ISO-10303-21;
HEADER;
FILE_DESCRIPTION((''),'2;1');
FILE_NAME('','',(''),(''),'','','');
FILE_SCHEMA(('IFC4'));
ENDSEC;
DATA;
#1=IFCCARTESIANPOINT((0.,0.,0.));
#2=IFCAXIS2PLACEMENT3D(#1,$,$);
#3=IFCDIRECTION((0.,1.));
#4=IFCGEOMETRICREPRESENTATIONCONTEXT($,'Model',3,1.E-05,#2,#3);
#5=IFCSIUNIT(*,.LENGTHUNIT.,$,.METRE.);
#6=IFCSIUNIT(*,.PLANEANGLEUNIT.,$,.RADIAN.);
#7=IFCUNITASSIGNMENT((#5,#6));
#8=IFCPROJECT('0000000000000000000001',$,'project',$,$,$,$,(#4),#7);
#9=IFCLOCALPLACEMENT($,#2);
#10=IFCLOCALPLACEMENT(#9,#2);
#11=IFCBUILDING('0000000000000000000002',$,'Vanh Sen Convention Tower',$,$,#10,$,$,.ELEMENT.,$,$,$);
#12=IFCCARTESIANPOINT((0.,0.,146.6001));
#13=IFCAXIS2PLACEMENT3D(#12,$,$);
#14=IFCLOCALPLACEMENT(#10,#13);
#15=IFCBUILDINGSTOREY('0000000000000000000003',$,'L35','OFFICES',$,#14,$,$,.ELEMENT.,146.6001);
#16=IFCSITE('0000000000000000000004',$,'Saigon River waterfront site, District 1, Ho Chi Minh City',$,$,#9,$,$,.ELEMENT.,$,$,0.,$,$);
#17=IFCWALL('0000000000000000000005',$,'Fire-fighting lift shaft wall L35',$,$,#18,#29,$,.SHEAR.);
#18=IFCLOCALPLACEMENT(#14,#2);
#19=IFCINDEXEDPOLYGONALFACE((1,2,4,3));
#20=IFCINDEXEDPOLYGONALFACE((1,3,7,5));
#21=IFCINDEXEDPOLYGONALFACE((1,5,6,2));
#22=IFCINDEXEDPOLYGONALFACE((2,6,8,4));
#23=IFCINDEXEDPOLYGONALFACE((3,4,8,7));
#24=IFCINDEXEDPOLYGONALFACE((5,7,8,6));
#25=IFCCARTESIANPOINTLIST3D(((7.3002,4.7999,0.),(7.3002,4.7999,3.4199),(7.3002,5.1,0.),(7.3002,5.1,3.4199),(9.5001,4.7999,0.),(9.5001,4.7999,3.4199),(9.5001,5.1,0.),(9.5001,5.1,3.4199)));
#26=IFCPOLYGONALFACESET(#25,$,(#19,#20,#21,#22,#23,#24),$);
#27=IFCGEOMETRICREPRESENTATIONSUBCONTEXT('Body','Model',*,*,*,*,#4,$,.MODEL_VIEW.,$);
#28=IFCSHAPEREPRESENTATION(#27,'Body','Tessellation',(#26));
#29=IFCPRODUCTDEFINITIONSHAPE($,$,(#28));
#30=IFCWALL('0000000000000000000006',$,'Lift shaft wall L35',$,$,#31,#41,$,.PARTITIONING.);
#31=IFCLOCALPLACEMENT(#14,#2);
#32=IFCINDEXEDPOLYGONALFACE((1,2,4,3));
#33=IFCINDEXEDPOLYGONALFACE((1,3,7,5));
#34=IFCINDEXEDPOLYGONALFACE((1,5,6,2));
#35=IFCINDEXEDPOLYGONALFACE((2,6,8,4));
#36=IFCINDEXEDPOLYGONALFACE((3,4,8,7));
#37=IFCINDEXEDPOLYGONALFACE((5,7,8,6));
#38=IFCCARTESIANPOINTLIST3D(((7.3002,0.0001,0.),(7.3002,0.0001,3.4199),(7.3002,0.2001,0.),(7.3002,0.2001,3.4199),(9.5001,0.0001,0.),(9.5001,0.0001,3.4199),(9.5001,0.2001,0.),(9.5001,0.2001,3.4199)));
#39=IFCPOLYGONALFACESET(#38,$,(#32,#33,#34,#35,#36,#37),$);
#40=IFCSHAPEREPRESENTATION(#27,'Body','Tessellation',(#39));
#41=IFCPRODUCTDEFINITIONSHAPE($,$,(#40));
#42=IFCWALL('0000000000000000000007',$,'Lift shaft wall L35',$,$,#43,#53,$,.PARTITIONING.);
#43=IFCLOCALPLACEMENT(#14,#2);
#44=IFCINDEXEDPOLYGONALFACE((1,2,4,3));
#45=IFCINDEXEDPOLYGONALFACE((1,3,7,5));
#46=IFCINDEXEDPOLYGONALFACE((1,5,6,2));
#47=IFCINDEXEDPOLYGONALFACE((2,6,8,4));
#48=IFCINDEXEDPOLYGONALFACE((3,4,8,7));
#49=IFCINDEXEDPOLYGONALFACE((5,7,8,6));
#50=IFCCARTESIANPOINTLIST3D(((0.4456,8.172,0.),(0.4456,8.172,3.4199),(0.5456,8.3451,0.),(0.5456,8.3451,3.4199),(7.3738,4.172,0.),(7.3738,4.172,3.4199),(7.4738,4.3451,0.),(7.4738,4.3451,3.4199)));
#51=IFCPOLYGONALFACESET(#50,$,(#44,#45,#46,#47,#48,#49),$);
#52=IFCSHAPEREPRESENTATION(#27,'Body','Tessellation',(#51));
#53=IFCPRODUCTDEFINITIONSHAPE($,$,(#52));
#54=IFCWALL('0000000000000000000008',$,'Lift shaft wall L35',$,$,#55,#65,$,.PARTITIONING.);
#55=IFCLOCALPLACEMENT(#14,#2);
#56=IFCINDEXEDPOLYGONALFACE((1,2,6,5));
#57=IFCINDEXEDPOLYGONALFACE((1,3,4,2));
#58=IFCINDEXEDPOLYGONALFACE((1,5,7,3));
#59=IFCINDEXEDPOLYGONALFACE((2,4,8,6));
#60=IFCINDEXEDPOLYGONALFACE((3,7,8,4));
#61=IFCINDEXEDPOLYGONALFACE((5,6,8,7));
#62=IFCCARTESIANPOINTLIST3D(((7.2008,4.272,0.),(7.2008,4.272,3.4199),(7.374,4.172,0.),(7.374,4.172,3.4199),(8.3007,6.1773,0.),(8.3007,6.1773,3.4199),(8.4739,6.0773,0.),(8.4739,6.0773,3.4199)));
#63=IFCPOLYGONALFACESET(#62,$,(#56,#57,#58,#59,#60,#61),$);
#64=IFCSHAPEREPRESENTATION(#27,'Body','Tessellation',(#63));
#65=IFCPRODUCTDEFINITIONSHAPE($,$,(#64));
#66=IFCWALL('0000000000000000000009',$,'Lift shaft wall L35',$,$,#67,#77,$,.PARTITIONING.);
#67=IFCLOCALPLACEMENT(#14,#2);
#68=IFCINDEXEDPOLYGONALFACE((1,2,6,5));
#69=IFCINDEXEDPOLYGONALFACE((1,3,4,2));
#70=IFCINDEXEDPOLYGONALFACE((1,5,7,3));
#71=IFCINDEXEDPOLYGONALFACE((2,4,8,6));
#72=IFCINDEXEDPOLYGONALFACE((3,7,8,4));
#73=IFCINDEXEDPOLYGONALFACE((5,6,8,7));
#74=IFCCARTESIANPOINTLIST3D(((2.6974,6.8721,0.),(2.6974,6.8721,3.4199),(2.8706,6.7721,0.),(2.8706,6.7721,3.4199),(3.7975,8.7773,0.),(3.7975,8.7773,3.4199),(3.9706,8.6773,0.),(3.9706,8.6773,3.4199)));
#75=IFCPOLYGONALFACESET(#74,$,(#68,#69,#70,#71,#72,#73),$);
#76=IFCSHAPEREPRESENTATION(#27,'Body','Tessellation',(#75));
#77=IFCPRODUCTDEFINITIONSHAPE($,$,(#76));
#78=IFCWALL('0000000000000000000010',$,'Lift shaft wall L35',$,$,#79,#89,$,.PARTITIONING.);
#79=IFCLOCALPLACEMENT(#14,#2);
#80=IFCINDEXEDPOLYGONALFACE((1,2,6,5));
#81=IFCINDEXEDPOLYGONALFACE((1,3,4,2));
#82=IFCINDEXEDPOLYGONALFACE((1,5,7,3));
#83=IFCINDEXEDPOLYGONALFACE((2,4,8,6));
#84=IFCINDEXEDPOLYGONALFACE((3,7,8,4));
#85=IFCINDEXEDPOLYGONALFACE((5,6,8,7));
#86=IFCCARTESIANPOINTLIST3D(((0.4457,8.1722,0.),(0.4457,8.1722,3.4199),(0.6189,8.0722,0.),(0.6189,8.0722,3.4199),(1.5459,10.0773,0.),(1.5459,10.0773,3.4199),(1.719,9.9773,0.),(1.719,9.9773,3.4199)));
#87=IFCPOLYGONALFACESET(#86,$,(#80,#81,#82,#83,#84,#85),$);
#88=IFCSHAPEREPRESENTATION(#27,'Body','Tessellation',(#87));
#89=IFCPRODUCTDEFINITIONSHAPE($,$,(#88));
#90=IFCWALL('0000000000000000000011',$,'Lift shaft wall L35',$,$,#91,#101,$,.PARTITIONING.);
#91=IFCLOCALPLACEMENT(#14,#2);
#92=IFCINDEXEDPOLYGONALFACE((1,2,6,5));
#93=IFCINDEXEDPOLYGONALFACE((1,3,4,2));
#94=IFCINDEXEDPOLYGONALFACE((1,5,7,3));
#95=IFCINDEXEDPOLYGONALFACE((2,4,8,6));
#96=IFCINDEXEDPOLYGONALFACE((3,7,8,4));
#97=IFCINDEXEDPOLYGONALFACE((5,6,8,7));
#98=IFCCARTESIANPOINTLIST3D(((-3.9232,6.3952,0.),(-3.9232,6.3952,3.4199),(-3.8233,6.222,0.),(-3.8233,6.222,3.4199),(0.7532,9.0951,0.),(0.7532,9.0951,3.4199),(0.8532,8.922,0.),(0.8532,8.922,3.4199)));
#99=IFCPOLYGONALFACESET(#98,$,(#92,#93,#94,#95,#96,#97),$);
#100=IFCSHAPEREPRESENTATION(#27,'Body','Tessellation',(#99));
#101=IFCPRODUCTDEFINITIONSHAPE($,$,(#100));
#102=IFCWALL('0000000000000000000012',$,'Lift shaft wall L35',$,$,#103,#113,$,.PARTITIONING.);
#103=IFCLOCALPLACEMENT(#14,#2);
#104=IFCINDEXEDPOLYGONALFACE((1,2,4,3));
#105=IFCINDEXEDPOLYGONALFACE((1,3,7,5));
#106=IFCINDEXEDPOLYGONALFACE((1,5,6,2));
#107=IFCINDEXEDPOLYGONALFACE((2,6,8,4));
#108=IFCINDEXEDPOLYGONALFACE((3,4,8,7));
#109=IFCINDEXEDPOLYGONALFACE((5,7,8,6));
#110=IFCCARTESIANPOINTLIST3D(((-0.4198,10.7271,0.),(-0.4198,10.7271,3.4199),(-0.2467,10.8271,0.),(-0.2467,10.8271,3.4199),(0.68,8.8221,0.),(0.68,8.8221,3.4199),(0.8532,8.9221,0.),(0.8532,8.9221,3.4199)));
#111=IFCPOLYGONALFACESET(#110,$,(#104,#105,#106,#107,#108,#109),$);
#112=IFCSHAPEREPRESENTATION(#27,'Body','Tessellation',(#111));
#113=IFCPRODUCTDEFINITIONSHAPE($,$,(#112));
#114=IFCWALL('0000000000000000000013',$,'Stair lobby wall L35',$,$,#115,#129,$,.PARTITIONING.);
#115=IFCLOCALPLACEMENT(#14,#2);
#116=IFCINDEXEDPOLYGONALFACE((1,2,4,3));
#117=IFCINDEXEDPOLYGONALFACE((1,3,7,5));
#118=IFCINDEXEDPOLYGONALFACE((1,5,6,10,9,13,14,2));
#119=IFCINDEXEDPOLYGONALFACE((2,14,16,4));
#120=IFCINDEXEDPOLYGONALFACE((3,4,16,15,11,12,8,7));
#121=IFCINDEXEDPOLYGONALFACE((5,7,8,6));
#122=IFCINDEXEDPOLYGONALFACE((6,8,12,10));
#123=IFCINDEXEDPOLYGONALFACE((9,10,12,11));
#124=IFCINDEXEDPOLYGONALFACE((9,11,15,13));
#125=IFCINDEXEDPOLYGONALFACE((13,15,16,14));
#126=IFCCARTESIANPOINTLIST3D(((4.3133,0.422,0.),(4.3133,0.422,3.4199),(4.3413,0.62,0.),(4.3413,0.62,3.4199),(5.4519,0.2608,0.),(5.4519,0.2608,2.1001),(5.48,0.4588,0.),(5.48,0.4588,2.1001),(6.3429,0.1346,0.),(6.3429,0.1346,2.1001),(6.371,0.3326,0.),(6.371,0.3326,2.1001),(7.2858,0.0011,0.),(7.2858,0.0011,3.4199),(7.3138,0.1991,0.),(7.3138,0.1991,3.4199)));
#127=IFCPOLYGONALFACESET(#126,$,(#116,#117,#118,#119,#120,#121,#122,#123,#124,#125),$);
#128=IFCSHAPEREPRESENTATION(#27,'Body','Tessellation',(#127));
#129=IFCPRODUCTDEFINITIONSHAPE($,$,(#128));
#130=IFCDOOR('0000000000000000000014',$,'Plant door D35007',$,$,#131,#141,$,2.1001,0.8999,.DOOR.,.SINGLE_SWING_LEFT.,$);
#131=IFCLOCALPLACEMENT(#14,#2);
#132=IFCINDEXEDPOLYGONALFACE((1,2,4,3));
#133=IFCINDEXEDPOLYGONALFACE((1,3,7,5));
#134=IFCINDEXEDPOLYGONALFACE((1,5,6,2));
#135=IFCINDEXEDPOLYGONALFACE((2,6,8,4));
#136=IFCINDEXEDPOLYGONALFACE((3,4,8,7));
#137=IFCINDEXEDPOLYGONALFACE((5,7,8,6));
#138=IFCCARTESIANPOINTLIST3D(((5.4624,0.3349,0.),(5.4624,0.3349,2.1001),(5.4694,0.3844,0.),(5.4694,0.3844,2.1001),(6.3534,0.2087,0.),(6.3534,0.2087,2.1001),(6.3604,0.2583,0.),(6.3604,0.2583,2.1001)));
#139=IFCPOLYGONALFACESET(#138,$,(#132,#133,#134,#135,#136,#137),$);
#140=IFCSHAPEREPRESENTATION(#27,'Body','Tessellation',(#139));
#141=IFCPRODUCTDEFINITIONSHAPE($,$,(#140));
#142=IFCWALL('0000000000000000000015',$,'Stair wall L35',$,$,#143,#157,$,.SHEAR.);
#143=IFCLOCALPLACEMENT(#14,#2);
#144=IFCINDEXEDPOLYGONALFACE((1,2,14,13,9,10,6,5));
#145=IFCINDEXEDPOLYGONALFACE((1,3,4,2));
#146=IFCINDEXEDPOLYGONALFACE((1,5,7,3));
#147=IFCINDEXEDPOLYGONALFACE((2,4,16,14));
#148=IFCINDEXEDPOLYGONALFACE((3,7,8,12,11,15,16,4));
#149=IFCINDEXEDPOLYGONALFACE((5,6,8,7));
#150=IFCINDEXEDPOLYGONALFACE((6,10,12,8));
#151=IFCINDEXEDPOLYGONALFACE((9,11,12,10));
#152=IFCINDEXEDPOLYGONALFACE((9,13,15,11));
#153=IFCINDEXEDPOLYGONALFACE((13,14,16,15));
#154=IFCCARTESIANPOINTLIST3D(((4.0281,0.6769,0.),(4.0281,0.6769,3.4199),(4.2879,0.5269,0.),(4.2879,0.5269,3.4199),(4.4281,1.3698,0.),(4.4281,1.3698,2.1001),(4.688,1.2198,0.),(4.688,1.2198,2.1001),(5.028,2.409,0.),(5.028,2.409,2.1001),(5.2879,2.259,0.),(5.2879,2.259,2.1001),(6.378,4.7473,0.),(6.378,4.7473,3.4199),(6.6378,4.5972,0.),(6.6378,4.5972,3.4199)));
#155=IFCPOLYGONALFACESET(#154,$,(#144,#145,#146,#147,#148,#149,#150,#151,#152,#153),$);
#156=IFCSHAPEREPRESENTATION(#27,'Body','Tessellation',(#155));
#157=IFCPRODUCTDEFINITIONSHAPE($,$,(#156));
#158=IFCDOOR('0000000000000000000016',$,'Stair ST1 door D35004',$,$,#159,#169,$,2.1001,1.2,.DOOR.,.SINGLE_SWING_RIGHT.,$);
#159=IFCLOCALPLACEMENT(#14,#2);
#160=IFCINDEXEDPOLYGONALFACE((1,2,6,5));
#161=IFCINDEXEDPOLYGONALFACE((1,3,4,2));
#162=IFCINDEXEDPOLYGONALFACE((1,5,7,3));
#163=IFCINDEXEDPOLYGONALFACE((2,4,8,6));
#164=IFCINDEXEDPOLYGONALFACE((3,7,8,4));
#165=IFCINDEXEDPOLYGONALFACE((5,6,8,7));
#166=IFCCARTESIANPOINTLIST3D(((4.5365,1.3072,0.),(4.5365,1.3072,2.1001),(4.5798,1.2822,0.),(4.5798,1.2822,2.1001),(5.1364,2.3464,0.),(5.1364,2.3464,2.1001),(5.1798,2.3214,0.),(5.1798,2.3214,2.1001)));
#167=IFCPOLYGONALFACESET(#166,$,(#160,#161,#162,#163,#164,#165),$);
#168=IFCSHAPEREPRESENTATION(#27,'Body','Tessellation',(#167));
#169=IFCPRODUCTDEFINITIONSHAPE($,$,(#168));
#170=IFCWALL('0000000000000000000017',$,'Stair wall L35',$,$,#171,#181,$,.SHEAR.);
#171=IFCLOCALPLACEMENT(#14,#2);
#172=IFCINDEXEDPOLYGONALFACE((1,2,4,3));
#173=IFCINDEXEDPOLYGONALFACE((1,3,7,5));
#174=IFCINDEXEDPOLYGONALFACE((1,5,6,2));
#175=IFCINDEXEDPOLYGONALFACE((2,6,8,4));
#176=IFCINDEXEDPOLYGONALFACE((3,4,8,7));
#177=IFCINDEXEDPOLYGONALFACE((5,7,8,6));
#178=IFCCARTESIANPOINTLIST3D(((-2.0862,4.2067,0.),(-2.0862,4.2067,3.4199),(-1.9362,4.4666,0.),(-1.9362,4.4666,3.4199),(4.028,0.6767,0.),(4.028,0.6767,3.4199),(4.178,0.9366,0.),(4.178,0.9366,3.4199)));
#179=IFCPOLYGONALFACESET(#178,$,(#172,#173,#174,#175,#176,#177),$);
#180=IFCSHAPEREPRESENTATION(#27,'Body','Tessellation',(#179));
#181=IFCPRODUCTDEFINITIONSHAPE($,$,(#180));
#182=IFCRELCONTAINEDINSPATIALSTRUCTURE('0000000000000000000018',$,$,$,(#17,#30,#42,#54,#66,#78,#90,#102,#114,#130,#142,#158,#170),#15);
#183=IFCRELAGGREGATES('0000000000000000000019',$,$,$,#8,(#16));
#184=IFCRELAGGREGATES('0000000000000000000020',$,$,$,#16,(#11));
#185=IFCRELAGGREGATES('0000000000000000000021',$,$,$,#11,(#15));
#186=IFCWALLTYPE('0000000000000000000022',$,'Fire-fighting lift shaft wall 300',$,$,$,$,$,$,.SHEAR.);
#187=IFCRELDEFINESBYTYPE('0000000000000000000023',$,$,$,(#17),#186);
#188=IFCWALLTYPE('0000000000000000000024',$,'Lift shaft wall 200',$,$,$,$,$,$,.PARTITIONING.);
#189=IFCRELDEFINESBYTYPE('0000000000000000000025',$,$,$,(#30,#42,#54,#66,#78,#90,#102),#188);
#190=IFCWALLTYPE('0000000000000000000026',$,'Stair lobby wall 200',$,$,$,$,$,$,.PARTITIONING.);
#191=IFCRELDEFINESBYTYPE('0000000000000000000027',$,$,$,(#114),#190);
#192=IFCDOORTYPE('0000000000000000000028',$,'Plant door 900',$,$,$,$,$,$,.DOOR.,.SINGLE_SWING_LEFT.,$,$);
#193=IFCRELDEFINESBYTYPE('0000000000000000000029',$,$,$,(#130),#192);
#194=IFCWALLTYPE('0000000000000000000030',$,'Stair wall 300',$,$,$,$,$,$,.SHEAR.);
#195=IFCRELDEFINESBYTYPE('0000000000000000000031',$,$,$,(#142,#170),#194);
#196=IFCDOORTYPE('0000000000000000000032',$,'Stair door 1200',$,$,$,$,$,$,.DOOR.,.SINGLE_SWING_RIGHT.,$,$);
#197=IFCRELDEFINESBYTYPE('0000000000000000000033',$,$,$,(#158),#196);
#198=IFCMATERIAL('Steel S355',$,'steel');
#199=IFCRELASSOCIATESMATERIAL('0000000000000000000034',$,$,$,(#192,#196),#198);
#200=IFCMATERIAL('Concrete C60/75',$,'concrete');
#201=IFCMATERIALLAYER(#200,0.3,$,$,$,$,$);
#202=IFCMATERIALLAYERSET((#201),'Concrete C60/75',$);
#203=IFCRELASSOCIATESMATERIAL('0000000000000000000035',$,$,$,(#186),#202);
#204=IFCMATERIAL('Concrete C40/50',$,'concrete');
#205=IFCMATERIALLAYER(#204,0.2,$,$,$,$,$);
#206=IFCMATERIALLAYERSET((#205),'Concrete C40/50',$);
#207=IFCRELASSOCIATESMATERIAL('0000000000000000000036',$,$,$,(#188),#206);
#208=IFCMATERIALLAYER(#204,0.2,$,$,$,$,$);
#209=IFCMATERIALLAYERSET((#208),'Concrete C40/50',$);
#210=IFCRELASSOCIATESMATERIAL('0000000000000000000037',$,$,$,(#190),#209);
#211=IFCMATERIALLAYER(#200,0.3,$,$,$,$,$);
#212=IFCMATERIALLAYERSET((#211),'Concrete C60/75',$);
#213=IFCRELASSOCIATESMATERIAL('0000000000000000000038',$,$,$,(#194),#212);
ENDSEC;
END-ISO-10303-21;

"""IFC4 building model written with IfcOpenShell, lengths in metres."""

from ifc_helpers import new_model, si_unit, direction, frame, frame_2d, origin, place, context, subcontext, project, spatial, rectangle, extrude, material, layer, layer_set, type_object, element, fill, save


model = new_model("IFC4")

# Units and contexts
model_context = context("Model", 3, precision=1e-05, world=origin(), true_north=direction((0.0, 1.0)))
body_context = subcontext(model_context, "Body", "Model", "MODEL_VIEW")
ifc_project = project(units=[si_unit("LENGTHUNIT", "METRE"), si_unit("PLANEANGLEUNIT", "RADIAN")], contexts=[model_context])

# Site, building, storey
site_placement = place(None, origin())
site = spatial("IfcSite", under=ifc_project, at=site_placement, Name="Saigon River waterfront site, District 1, Ho Chi Minh City", CompositionType="ELEMENT", RefElevation=0.0)
building_placement = place(site_placement, origin())
building = spatial("IfcBuilding", under=site, at=building_placement, Name="Vanh Sen Convention Tower", CompositionType="ELEMENT")
storey_placement = place(building_placement, frame((0.0, 0.0, 146.6001)))
storey = spatial("IfcBuildingStorey", under=building, at=storey_placement, Name="L35", Description="OFFICES", CompositionType="ELEMENT", Elevation=146.6001)

# Shared definitions
ifc_material_1 = material(Name="Concrete C40/50", Category="concrete")

# Shared definitions
ifc_material_2 = material(Name="Steel S355", Category="steel")
door_type_1 = type_object("IfcDoorType", Name="Plant door 900", OperationType="SINGLE_SWING_LEFT", PredefinedType="DOOR", material=ifc_material_2)

# Shared definitions
ifc_material_3 = material(Name="Concrete C60/75", Category="concrete")
ifc_layer_1 = layer(ifc_material_3, 0.3)
ifc_layer_set_1 = layer_set([ifc_layer_1], Name="Concrete C60/75")
wall_type_1 = type_object("IfcWallType", Name="Fire-fighting lift shaft wall 300", PredefinedType="SHEAR", material=ifc_layer_set_1)

# Walls
wall_1_placement = place(storey_placement, frame((7.3, 4.95, 0.0), z_axis=(0.0, 0.0, 1.0), x_axis=(1.0, 0.0, 0.0)))
element("IfcWall", 1, at=wall_1_placement, inside=storey, type_object=wall_type_1, Name="Fire-fighting lift shaft wall L35", PredefinedType="SHEAR", context=body_context, shape_type="SweptSolid", body=[
    extrude(rectangle(XDim=2.2, YDim=0.3, at=frame_2d((1.1001, 0.0))), origin(), (0.0, 0.0, 1.0), 3.4199),
])
ifc_layer_2 = layer(ifc_material_1, 0.2)
ifc_layer_set_2 = layer_set([ifc_layer_2], Name="Concrete C40/50")
wall_type_2 = type_object("IfcWallType", Name="Lift shaft wall 200", PredefinedType="PARTITIONING", material=ifc_layer_set_2)
wall_2_placement = place(storey_placement, frame((7.3, 0.1001, 0.0), z_axis=(0.0, 0.0, 1.0), x_axis=(1.0, 0.0, 0.0)))
element("IfcWall", 2, at=wall_2_placement, inside=storey, type_object=wall_type_2, Name="Lift shaft wall L35", PredefinedType="PARTITIONING", context=body_context, shape_type="SweptSolid", body=[
    extrude(rectangle(XDim=2.2, YDim=0.2, at=frame_2d((1.1001, 0.0))), origin(), (0.0, 0.0, 1.0), 3.4199),
])
wall_3_placement = place(storey_placement, frame((7.4238, 4.2585, 0.0), z_axis=(0.0, 0.0, 1.0), x_axis=(-0.866026, 0.499999, 0.0)))
element("IfcWall", 3, at=wall_3_placement, inside=storey, type_object=wall_type_2, Name="Lift shaft wall L35", PredefinedType="PARTITIONING", context=body_context, shape_type="SweptSolid", body=[
    extrude(rectangle(XDim=8.0, YDim=0.2, at=frame_2d((4.0, 0.0))), origin(), (0.0, 0.0, 1.0), 3.4199),
])
for number, where, z_axis, x_axis, name in (
    (4, (7.2874, 4.2219, 0.0), (0.0, 0.0, 1.0), (0.499947, 0.866056, 0.0), "Lift shaft wall L35"),
    (5, (2.7839, 6.822, 0.0), (0.0, 0.0, 1.0), (0.50003, 0.866008, 0.0), "Lift shaft wall L35"),
    (6, (0.5322, 8.1221, 0.0), (0.0, 0.0, 1.0), (0.500078, 0.86598, 0.0), "Lift shaft wall L35"),
):
    element("IfcWall", number, at=place(storey_placement, frame(where, z_axis=z_axis, x_axis=x_axis)), inside=storey, type_object=wall_type_2, Name=name, PredefinedType="PARTITIONING", context=body_context, shape_type="SweptSolid", body=[
        extrude(rectangle(XDim=2.2, YDim=0.2, at=frame_2d((1.1001, 0.0))), origin(), (0.0, 0.0, 1.0), 3.4199),
    ])
wall_4_placement = place(storey_placement, frame((0.8032, 9.0085, 0.0), z_axis=(0.0, 0.0, 1.0), x_axis=(-0.866028, -0.499995, 0.0)))
element("IfcWall", 7, at=wall_4_placement, inside=storey, type_object=wall_type_2, Name="Lift shaft wall L35", PredefinedType="PARTITIONING", context=body_context, shape_type="SweptSolid", body=[
    extrude(rectangle(XDim=5.3999, YDim=0.2, at=frame_2d((2.7, 0.0))), origin(), (0.0, 0.0, 1.0), 3.4199),
])
wall_5_placement = place(storey_placement, frame((0.7666, 8.8721, 0.0), z_axis=(0.0, 0.0, 1.0), x_axis=(-0.499995, 0.866028, 0.0)))
element("IfcWall", 8, at=wall_5_placement, inside=storey, type_object=wall_type_2, Name="Lift shaft wall L35", PredefinedType="PARTITIONING", context=body_context, shape_type="SweptSolid", body=[
    extrude(rectangle(XDim=2.1997, YDim=0.2, at=frame_2d((1.0999, 0.0))), origin(), (0.0, 0.0, 1.0), 3.4199),
])

# Walls, openings, doors
ifc_layer_3 = layer(ifc_material_1, 0.2)
ifc_layer_set_3 = layer_set([ifc_layer_3], Name="Concrete C40/50")
wall_type_3 = type_object("IfcWallType", Name="Stair lobby wall 200", PredefinedType="PARTITIONING", material=ifc_layer_set_3)
wall_6_placement = place(storey_placement, frame((4.3274, 0.521, 0.0), z_axis=(0.0, 0.0, 1.0), x_axis=(0.990124, -0.140192, 0.0)))
wall_6 = element("IfcWall", 9, at=wall_6_placement, inside=storey, type_object=wall_type_3, Name="Stair lobby wall L35", PredefinedType="PARTITIONING", context=body_context, shape_type="SweptSolid", body=[
    extrude(rectangle(XDim=3.0022, YDim=0.2, at=frame_2d((1.501, 0.0))), origin(), (0.0, 0.0, 1.0), 3.4199),
])
opening_1_placement = place(wall_6_placement, frame((1.1499, 0.0, 0.0)))
opening_1 = element("IfcOpeningElement", 10, at=opening_1_placement, cuts=wall_6, PredefinedType="OPENING", context=body_context, shape_type="SweptSolid", body=[
    extrude(rectangle(XDim=0.8999, YDim=2.1001, at=frame_2d((0.45, 1.05))), frame((0.0, 0.1099, 0.0), z_axis=(0.0, -1.0, 0.0), x_axis=(1.0, 0.0, 0.0)), (0.0, 0.0, 1.0), 0.22),
])
door_1_placement = place(opening_1_placement, origin())
door_1 = element("IfcDoor", 11, at=door_1_placement, inside=storey, type_object=door_type_1, Name="Plant door D35007", OperationType="SINGLE_SWING_LEFT", OverallHeight=2.1001, OverallWidth=0.8999, PredefinedType="DOOR", context=body_context, shape_type="SweptSolid", body=[
    extrude(rectangle(XDim=0.8999, YDim=2.1001, at=frame_2d((0.45, 1.05))), frame((0.0, 0.0249, 0.0), z_axis=(0.0, -1.0, 0.0), x_axis=(1.0, 0.0, 0.0)), (0.0, 0.0, 1.0), 0.05),
])
fill(opening_1, door_1)
ifc_layer_4 = layer(ifc_material_3, 0.3)
ifc_layer_set_4 = layer_set([ifc_layer_4], Name="Concrete C60/75")
wall_type_4 = type_object("IfcWallType", Name="Stair wall 300", PredefinedType="SHEAR", material=ifc_layer_set_4)
wall_7_placement = place(storey_placement, frame((4.158, 0.6018, 0.0), z_axis=(0.0, 0.0, 1.0), x_axis=(0.499977, 0.866039, 0.0)))
wall_7 = element("IfcWall", 12, at=wall_7_placement, inside=storey, type_object=wall_type_4, Name="Stair wall L35", PredefinedType="SHEAR", context=body_context, shape_type="SweptSolid", body=[
    extrude(rectangle(XDim=4.7, YDim=0.3, at=frame_2d((2.3501, 0.0))), origin(), (0.0, 0.0, 1.0), 3.4199),
])
opening_2_placement = place(wall_7_placement, frame((0.8, 0.0, 0.0)))
opening_2 = element("IfcOpeningElement", 13, at=opening_2_placement, cuts=wall_7, PredefinedType="OPENING", context=body_context, shape_type="SweptSolid", body=[
    extrude(rectangle(XDim=1.2, YDim=2.1001, at=frame_2d((0.6001, 1.05))), frame((0.0, 0.1599, 0.0), z_axis=(0.0, -1.0, 0.0), x_axis=(1.0, 0.0, 0.0)), (0.0, 0.0, 1.0), 0.3201),
])
door_type_2 = type_object("IfcDoorType", Name="Stair door 1200", OperationType="SINGLE_SWING_RIGHT", PredefinedType="DOOR", material=ifc_material_2)
door_2_placement = place(opening_2_placement, origin())
door_2 = element("IfcDoor", 14, at=door_2_placement, inside=storey, type_object=door_type_2, Name="Stair ST1 door D35004", OperationType="SINGLE_SWING_RIGHT", OverallHeight=2.1001, OverallWidth=1.2, PredefinedType="DOOR", context=body_context, shape_type="SweptSolid", body=[
    extrude(rectangle(XDim=1.2, YDim=2.1001, at=frame_2d((0.6001, 1.05))), frame((0.0, 0.0249, 0.0), z_axis=(0.0, -1.0, 0.0), x_axis=(1.0, 0.0, 0.0)), (0.0, 0.0, 1.0), 0.05),
])
fill(opening_2, door_2)

# Wall
for number, where, z_axis, x_axis, name in (
    (15, (4.103, 0.8066, 0.0), (0.0, 0.0, 1.0), (-0.866028, 0.499996, 0.0), "Stair wall L35"),
):
    element("IfcWall", number, at=place(storey_placement, frame(where, z_axis=z_axis, x_axis=x_axis)), inside=storey, type_object=wall_type_4, Name=name, PredefinedType="SHEAR", context=body_context, shape_type="SweptSolid", body=[
        extrude(rectangle(XDim=7.0601, YDim=0.3, at=frame_2d((3.53, 0.0))), origin(), (0.0, 0.0, 1.0), 3.4199),
    ])

save(model, "model.ifc")
